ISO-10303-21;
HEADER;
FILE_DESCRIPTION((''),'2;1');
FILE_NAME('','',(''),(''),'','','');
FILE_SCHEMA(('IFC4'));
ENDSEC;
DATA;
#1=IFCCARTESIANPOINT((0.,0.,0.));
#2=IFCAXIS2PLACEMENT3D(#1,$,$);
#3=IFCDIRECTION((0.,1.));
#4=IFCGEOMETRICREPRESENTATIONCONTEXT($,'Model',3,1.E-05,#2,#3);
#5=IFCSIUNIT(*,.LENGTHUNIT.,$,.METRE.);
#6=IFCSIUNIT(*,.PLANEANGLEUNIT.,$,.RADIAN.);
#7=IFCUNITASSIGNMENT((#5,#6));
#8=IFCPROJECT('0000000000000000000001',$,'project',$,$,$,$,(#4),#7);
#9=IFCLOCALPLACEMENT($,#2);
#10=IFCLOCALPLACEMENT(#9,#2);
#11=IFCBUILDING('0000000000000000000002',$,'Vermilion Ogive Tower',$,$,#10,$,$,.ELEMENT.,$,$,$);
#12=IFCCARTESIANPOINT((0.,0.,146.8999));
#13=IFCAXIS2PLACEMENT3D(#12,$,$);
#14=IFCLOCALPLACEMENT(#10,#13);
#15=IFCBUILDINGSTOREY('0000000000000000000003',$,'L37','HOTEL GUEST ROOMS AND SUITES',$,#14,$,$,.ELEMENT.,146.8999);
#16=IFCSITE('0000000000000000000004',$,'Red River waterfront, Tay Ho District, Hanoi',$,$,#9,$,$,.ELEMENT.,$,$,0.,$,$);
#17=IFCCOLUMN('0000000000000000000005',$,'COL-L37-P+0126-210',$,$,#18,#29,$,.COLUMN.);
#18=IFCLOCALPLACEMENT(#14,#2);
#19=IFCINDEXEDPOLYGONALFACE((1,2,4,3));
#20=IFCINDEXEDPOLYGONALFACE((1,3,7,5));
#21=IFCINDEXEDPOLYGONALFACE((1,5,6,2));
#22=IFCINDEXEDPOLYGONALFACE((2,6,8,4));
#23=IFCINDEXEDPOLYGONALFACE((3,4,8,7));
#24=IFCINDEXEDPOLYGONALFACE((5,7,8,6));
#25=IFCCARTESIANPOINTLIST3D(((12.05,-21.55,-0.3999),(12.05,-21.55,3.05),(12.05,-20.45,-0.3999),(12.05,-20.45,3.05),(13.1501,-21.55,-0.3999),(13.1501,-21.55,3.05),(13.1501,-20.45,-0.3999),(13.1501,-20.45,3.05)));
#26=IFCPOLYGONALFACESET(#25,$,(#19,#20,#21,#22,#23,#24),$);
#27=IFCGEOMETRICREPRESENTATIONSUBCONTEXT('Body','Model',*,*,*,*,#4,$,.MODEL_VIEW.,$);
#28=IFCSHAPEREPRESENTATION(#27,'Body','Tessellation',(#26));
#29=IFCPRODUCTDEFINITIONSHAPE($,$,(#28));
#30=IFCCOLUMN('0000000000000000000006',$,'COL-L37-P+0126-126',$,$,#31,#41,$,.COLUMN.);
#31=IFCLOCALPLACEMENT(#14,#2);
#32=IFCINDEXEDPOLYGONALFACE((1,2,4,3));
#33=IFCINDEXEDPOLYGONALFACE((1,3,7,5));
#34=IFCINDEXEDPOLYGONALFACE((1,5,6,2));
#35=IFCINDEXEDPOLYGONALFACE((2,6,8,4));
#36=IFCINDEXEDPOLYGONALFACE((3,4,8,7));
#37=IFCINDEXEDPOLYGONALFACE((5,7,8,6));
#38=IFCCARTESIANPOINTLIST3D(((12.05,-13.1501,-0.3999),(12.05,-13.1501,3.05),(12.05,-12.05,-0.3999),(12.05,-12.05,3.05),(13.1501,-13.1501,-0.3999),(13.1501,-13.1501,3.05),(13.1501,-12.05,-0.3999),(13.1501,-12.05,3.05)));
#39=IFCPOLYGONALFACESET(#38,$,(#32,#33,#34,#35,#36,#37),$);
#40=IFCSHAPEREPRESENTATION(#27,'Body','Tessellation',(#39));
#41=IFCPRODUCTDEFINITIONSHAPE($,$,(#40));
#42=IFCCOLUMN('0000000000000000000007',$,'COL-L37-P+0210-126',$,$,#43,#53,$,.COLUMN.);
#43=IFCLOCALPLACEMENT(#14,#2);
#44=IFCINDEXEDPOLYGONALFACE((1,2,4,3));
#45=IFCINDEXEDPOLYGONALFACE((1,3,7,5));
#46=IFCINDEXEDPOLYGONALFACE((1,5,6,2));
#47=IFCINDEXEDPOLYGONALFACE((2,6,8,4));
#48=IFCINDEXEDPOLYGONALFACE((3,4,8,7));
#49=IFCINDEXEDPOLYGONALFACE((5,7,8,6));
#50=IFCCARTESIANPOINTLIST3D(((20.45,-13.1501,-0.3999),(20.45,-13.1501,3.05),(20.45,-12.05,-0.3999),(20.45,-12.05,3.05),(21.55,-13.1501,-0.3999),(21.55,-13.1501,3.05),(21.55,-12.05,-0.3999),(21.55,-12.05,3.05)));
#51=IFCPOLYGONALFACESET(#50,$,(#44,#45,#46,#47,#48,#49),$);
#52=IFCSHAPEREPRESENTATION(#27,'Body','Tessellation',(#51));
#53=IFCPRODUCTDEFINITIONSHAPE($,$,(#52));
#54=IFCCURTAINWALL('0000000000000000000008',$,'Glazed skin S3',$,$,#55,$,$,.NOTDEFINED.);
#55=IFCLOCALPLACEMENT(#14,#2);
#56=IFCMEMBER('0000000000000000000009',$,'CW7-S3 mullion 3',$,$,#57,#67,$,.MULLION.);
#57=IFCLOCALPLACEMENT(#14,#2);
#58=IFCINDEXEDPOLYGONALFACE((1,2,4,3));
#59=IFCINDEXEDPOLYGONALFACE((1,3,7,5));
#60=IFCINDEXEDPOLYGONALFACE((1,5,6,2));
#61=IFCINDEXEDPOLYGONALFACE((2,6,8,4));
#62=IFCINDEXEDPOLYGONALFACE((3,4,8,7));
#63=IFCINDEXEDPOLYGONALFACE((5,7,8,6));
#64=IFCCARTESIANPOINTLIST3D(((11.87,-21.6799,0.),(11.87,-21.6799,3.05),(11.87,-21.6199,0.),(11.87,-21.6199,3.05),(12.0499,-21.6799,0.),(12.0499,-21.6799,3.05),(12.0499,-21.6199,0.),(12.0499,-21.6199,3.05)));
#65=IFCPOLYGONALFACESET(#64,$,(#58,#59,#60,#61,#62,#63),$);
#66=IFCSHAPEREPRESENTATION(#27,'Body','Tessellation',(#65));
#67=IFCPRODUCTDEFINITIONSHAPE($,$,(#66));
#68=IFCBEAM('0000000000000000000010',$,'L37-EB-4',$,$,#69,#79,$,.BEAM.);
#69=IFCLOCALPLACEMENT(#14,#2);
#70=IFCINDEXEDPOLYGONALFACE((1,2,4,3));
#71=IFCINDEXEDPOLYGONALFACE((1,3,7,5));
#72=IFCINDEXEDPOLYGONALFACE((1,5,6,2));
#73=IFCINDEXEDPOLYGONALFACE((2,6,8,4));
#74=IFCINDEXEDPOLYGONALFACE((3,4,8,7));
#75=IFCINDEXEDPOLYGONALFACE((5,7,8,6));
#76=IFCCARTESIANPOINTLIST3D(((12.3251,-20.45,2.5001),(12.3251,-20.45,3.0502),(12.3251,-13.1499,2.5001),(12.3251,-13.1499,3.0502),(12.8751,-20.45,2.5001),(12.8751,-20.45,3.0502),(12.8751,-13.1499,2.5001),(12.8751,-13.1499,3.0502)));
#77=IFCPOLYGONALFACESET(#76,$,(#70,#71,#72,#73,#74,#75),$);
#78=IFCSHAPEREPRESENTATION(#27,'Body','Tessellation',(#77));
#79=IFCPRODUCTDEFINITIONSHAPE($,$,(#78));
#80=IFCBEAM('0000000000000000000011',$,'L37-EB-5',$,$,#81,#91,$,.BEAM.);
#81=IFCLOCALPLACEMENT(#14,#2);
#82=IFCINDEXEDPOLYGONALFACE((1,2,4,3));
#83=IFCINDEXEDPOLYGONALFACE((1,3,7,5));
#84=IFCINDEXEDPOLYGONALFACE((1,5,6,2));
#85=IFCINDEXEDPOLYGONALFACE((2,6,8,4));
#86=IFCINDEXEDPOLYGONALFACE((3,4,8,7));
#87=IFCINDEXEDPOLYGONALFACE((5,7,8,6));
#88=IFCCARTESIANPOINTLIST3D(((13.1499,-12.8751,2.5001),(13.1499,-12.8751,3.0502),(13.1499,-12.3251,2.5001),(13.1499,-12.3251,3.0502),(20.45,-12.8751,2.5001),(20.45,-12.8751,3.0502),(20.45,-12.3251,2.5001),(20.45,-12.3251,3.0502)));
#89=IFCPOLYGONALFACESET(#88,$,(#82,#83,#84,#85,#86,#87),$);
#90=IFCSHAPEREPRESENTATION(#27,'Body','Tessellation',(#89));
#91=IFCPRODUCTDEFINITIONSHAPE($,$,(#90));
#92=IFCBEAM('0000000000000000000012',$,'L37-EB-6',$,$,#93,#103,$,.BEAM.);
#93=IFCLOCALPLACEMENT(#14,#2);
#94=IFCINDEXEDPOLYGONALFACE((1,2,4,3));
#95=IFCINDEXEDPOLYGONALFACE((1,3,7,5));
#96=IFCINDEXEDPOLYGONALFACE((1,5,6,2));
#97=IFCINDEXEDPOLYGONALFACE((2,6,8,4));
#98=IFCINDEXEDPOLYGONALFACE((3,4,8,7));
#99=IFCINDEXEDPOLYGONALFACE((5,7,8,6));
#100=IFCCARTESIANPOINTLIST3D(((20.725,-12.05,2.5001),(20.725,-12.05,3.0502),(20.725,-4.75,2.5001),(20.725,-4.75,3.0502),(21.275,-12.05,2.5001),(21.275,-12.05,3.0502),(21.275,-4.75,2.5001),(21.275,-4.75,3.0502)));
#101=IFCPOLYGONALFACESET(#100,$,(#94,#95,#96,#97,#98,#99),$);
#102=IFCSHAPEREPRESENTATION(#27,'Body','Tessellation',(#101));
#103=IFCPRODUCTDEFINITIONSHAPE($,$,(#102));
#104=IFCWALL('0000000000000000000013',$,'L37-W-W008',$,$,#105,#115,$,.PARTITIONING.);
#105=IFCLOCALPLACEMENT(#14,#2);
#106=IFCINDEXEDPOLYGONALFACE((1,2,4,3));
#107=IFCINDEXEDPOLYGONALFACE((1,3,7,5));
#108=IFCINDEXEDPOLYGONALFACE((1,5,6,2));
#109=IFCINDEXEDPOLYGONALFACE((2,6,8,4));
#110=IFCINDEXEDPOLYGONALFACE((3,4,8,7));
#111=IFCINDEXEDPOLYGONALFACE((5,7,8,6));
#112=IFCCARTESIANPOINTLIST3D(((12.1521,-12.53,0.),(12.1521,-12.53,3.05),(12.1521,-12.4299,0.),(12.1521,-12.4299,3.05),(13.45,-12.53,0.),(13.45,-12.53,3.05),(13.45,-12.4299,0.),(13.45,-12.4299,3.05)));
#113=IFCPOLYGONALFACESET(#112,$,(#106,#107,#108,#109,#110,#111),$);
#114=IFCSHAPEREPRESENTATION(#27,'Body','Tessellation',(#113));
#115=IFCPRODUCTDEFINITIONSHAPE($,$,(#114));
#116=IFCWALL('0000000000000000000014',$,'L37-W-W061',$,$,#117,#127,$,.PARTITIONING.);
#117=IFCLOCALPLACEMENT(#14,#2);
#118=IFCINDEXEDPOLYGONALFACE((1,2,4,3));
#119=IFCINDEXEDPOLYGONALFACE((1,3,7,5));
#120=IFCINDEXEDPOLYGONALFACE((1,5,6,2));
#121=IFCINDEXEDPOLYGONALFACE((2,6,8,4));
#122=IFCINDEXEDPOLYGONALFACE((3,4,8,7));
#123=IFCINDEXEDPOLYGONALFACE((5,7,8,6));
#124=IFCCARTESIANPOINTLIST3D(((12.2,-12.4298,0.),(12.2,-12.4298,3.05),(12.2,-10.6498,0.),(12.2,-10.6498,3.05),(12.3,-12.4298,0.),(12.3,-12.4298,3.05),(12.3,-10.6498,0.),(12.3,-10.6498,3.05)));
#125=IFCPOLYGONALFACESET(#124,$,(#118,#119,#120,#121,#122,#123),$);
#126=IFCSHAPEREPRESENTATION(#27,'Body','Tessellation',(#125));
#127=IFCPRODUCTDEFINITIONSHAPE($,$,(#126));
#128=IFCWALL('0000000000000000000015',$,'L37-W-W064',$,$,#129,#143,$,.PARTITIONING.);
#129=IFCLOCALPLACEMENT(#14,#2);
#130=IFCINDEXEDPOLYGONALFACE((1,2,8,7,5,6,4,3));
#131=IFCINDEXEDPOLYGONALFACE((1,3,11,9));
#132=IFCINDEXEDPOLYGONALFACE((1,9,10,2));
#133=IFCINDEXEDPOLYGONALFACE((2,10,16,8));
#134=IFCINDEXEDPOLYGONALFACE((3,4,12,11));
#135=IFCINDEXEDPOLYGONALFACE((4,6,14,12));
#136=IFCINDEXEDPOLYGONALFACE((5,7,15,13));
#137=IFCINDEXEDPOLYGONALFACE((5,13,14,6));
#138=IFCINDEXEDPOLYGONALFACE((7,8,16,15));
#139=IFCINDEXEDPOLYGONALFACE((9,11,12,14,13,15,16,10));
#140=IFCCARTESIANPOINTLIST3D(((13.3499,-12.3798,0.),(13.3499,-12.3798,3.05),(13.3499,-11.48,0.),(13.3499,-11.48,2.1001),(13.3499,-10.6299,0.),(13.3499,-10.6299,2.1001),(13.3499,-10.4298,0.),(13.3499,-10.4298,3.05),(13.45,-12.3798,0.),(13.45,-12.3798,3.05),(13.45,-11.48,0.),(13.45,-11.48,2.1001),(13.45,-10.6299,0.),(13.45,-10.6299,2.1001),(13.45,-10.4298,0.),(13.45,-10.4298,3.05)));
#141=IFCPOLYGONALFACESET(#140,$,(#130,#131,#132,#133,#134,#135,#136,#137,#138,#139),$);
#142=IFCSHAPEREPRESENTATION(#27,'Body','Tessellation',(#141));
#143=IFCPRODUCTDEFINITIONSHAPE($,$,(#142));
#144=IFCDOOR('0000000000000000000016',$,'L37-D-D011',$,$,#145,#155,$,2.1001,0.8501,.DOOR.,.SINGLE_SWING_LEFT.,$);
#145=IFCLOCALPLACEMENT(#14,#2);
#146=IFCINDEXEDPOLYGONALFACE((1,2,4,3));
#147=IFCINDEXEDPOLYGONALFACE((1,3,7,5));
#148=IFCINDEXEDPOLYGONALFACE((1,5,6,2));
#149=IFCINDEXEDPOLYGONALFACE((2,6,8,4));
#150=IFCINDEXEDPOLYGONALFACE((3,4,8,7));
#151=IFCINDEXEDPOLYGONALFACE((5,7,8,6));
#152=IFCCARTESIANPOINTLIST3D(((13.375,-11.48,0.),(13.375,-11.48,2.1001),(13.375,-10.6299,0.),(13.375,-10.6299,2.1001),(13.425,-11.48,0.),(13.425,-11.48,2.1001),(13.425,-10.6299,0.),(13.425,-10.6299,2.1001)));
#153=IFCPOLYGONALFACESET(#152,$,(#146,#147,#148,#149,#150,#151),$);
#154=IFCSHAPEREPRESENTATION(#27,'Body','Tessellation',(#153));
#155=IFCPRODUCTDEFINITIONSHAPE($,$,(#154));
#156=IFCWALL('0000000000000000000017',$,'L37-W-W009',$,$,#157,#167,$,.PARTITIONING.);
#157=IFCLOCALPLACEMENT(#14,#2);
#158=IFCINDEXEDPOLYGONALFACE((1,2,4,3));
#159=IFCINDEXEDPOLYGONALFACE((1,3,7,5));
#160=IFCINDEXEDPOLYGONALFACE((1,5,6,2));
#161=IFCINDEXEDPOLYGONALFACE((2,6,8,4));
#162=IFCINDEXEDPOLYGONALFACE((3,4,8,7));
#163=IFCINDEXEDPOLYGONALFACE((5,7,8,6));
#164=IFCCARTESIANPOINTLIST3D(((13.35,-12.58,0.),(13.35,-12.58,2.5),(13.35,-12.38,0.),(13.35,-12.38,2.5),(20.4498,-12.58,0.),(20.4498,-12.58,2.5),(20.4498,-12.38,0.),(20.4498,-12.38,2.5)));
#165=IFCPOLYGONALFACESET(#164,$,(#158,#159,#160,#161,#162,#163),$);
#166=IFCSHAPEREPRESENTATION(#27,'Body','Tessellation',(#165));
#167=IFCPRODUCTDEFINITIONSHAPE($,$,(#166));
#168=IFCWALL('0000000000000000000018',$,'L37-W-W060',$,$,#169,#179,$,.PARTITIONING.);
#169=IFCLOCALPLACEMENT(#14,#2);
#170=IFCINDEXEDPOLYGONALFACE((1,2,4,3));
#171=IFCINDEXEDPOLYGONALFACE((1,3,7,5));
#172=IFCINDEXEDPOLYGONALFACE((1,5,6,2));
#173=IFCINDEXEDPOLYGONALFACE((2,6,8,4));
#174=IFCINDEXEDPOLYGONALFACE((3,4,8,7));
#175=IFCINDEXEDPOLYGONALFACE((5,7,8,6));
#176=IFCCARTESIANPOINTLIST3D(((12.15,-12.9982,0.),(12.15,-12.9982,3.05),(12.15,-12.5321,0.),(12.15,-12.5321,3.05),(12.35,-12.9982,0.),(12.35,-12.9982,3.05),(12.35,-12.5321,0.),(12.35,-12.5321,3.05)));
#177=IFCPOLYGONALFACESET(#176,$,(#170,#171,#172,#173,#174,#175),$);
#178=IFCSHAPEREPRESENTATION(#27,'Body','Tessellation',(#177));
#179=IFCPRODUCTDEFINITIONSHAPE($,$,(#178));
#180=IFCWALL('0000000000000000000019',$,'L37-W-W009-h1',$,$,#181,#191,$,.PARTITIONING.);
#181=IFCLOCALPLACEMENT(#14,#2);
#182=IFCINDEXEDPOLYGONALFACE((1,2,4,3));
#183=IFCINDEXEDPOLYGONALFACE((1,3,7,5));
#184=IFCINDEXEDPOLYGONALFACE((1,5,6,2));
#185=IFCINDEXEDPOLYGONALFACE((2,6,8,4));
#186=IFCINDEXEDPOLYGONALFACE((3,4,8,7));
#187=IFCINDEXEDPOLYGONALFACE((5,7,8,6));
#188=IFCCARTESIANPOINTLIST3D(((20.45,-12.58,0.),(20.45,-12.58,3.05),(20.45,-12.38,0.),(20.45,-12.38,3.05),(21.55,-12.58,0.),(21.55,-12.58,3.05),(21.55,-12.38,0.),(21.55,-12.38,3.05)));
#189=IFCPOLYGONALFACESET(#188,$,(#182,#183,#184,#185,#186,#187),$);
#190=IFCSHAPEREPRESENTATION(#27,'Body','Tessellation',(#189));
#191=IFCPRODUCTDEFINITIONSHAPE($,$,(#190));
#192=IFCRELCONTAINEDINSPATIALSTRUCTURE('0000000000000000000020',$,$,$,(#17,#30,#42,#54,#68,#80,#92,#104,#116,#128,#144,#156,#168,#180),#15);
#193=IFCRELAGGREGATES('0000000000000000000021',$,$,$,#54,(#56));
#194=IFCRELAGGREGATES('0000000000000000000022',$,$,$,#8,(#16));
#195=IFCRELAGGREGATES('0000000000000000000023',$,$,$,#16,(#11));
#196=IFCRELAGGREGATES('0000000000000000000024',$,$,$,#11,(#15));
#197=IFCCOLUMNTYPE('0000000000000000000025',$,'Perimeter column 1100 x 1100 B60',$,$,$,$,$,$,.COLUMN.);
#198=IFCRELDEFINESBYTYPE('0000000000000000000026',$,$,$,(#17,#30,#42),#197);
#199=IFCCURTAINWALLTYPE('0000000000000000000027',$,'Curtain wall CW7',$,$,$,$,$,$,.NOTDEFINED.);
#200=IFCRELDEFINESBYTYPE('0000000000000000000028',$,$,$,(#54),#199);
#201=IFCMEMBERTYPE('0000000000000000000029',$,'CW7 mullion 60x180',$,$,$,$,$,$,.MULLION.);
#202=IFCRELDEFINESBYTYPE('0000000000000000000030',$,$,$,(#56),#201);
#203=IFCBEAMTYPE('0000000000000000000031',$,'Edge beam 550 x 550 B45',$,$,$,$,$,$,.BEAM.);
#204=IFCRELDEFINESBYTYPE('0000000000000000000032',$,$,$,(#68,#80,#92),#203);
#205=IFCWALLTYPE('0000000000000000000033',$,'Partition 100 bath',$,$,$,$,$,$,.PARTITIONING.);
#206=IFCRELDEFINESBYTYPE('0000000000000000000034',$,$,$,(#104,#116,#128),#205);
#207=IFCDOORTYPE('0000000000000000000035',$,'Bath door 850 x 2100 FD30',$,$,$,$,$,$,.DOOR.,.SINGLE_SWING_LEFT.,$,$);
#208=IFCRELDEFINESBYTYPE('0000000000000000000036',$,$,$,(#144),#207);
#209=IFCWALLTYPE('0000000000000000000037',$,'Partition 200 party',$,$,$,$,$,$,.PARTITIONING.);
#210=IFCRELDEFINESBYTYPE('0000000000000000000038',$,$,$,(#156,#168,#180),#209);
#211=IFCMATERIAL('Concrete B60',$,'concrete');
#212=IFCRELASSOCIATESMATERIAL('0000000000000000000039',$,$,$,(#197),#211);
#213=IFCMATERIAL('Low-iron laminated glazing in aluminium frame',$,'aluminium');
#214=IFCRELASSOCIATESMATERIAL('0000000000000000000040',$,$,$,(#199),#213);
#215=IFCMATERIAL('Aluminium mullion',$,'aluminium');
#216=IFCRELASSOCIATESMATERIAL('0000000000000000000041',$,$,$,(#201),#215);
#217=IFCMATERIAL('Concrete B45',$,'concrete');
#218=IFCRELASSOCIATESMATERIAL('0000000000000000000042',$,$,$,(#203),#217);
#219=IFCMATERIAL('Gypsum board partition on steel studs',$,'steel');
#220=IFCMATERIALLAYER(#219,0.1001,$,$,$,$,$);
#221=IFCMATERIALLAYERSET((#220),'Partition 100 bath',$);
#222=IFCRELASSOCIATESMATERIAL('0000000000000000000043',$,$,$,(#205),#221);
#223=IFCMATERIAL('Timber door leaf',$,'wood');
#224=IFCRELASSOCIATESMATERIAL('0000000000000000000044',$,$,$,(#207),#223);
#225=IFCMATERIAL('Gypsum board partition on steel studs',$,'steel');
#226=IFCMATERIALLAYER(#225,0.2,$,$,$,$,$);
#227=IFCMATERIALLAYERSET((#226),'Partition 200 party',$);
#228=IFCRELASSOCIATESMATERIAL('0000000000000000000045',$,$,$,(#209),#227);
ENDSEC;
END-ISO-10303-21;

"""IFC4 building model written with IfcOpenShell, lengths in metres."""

from ifc_helpers import new_model, si_unit, direction, frame, frame_2d, origin, origin_2d, place, context, subcontext, project, spatial, rectangle, extrude, material, layer, layer_set, material_profile, profile_set, type_object, element, fill, aggregate, save


model = new_model("IFC4")

# Units and contexts
model_context = context("Model", 3, precision=1e-05, world=origin(), true_north=direction((0.0, 1.0)))
body_context = subcontext(model_context, "Body", "Model", "MODEL_VIEW")
ifc_project = project(units=[si_unit("LENGTHUNIT", "METRE"), si_unit("PLANEANGLEUNIT", "RADIAN")], contexts=[model_context])

# Site, building, storey
site_placement = place(None, origin())
site = spatial("IfcSite", under=ifc_project, at=site_placement, Name="Red River waterfront, Tay Ho District, Hanoi", CompositionType="ELEMENT", RefElevation=0.0)
building_placement = place(site_placement, origin())
building = spatial("IfcBuilding", under=site, at=building_placement, Name="Vermilion Ogive Tower", CompositionType="ELEMENT")
storey_placement = place(building_placement, frame((0.0, 0.0, 146.8999)))
storey = spatial("IfcBuildingStorey", under=building, at=storey_placement, Name="L37", Description="HOTEL GUEST ROOMS AND SUITES", CompositionType="ELEMENT", Elevation=146.8999)

# Columns
ifc_material_1 = material(Name="Concrete B60", Category="concrete")
ifc_material_profile_1 = material_profile(ifc_material_1, rectangle(XDim=1.1001, YDim=1.1001, at=origin_2d()), Name="1100 x 1100")
ifc_profile_set_1 = profile_set([ifc_material_profile_1], Name="Concrete B60")
column_type = type_object("IfcColumnType", Name="Perimeter column 1100 x 1100 B60", PredefinedType="COLUMN", material=ifc_profile_set_1)
for number, where, z_axis, x_axis, name in (
    (1, (12.6001, -21.0, -0.3999), (0.0, 0.0, 1.0), (1.0, 0.0, 0.0), "COL-L37-P+0126-210"),
    (2, (12.6001, -12.6001, -0.3999), (0.0, 0.0, 1.0), (1.0, 0.0, 0.0), "COL-L37-P+0126-126"),
    (3, (21.0, -12.6001, -0.3999), (0.0, 0.0, 1.0), (1.0, 0.0, 0.0), "COL-L37-P+0210-126"),
):
    element("IfcColumn", number, at=place(storey_placement, frame(where, z_axis=z_axis, x_axis=x_axis)), inside=storey, type_object=column_type, Name=name, PredefinedType="COLUMN", context=body_context, shape_type="SweptSolid", body=[
        extrude(rectangle(XDim=1.1001, YDim=1.1001, at=origin_2d()), origin(), (0.0, 0.0, 1.0), 3.45),
    ])

# Curtain wall, member
ifc_material_2 = material(Name="Low-iron laminated glazing in aluminium frame", Category="aluminium")
curtain_wall_type = type_object("IfcCurtainWallType", Name="Curtain wall CW7", PredefinedType="NOTDEFINED", material=ifc_material_2)
curtain_wall_placement = place(storey_placement, origin())
curtain_wall = element("IfcCurtainWall", 4, at=curtain_wall_placement, inside=storey, type_object=curtain_wall_type, Name="Glazed skin S3", PredefinedType="NOTDEFINED")
ifc_material_3 = material(Name="Aluminium mullion", Category="aluminium")
ifc_material_profile_2 = material_profile(ifc_material_3, rectangle(XDim=0.0601, YDim=0.1799, at=origin_2d()), Name="AL 60x180")
ifc_profile_set_2 = profile_set([ifc_material_profile_2], Name="Aluminium mullion")
member_type = type_object("IfcMemberType", Name="CW7 mullion 60x180", PredefinedType="MULLION", material=ifc_profile_set_2)
member_placement = place(storey_placement, frame((11.96, -21.6499, 0.0), z_axis=(0.0, 0.0, 1.0), x_axis=(0.0, 1.0, 0.0)))
member = element("IfcMember", 5, at=member_placement, type_object=member_type, Name="CW7-S3 mullion 3", PredefinedType="MULLION", context=body_context, shape_type="SweptSolid", body=[
    extrude(rectangle(XDim=0.0601, YDim=0.1799, at=origin_2d()), origin(), (0.0, 0.0, 1.0), 3.05),
])
aggregate(curtain_wall, [member])

# Beams
ifc_material_4 = material(Name="Concrete B45", Category="concrete")
ifc_material_profile_3 = material_profile(ifc_material_4, rectangle(XDim=0.55, YDim=0.55, at=origin_2d()), Name="550 x 550")
ifc_profile_set_3 = profile_set([ifc_material_profile_3], Name="Concrete B45")
beam_type = type_object("IfcBeamType", Name="Edge beam 550 x 550 B45", PredefinedType="BEAM", material=ifc_profile_set_3)
for number, where, z_axis, x_axis, name in (
    (6, (12.6001, -20.45, 2.7751), (0.0, 1.0, 0.0), (-1.0, 0.0, 0.0), "L37-EB-4"),
    (7, (13.1499, -12.6001, 2.7751), (1.0, 0.0, 0.0), (0.0, 1.0, 0.0), "L37-EB-5"),
    (8, (21.0, -12.05, 2.7751), (0.0, 1.0, 0.0), (-1.0, 0.0, 0.0), "L37-EB-6"),
):
    element("IfcBeam", number, at=place(storey_placement, frame(where, z_axis=z_axis, x_axis=x_axis)), inside=storey, type_object=beam_type, Name=name, PredefinedType="BEAM", context=body_context, shape_type="SweptSolid", body=[
        extrude(rectangle(XDim=0.55, YDim=0.55, at=origin_2d()), origin(), (0.0, 0.0, 1.0), 7.3),
    ])

# Walls
ifc_material_5 = material(Name="Gypsum board partition on steel studs", Category="steel")
ifc_layer_1 = layer(ifc_material_5, 0.1001)
ifc_layer_set_1 = layer_set([ifc_layer_1], Name="Partition 100 bath")
wall_type_1 = type_object("IfcWallType", Name="Partition 100 bath", PredefinedType="PARTITIONING", material=ifc_layer_set_1)
wall_1_placement = place(storey_placement, frame((12.1521, -12.48, 0.0), z_axis=(0.0, 0.0, 1.0), x_axis=(1.0, 0.0, 0.0)))
element("IfcWall", 9, at=wall_1_placement, inside=storey, type_object=wall_type_1, Name="L37-W-W008", PredefinedType="PARTITIONING", context=body_context, shape_type="SweptSolid", body=[
    extrude(rectangle(XDim=1.2979, YDim=0.1001, at=frame_2d((0.6489, 0.0))), origin(), (0.0, 0.0, 1.0), 3.05),
])
wall_2_placement = place(storey_placement, frame((12.25, -12.4299, 0.0), z_axis=(0.0, 0.0, 1.0), x_axis=(0.0, 1.0, 0.0)))
element("IfcWall", 10, at=wall_2_placement, inside=storey, type_object=wall_type_1, Name="L37-W-W061", PredefinedType="PARTITIONING", context=body_context, shape_type="SweptSolid", body=[
    extrude(rectangle(XDim=1.78, YDim=0.1001, at=frame_2d((0.8901, 0.0))), origin(), (0.0, 0.0, 1.0), 3.05),
])

# Wall, opening, door
wall_3_placement = place(storey_placement, frame((13.3999, -12.3799, 0.0), z_axis=(0.0, 0.0, 1.0), x_axis=(0.0, 1.0, 0.0)))
wall_3 = element("IfcWall", 11, at=wall_3_placement, inside=storey, type_object=wall_type_1, Name="L37-W-W064", PredefinedType="PARTITIONING", context=body_context, shape_type="SweptSolid", body=[
    extrude(rectangle(XDim=1.95, YDim=0.1001, at=frame_2d((0.9751, 0.0))), origin(), (0.0, 0.0, 1.0), 3.05),
])
opening_1_placement = place(wall_3_placement, frame((0.8999, 0.0, 0.0)))
opening_1 = element("IfcOpeningElement", 12, at=opening_1_placement, cuts=wall_3, PredefinedType="OPENING", context=body_context, shape_type="SweptSolid", body=[
    extrude(rectangle(XDim=0.8501, YDim=2.1001, at=frame_2d((0.425, 1.05))), frame((0.0, 0.0601, 0.0), z_axis=(0.0, -1.0, 0.0), x_axis=(1.0, 0.0, 0.0)), (0.0, 0.0, 1.0), 0.1201),
])
ifc_material_6 = material(Name="Timber door leaf", Category="wood")
door_type = type_object("IfcDoorType", Name="Bath door 850 x 2100 FD30", OperationType="SINGLE_SWING_LEFT", PredefinedType="DOOR", material=ifc_material_6)
door_placement = place(opening_1_placement, origin())
door = element("IfcDoor", 13, at=door_placement, inside=storey, type_object=door_type, Name="L37-D-D011", OperationType="SINGLE_SWING_LEFT", OverallHeight=2.1001, OverallWidth=0.8501, PredefinedType="DOOR", context=body_context, shape_type="SweptSolid", body=[
    extrude(rectangle(XDim=0.8501, YDim=2.1001, at=frame_2d((0.425, 1.05))), frame((0.0, 0.0249, 0.0), z_axis=(0.0, -1.0, 0.0), x_axis=(1.0, 0.0, 0.0)), (0.0, 0.0, 1.0), 0.05),
])
fill(opening_1, door)

# Walls
ifc_material_7 = material(Name="Gypsum board partition on steel studs", Category="steel")
ifc_layer_2 = layer(ifc_material_7, 0.2)
ifc_layer_set_2 = layer_set([ifc_layer_2], Name="Partition 200 party")
wall_type_2 = type_object("IfcWallType", Name="Partition 200 party", PredefinedType="PARTITIONING", material=ifc_layer_set_2)
wall_4_placement = place(storey_placement, frame((13.3501, -12.48, 0.0), z_axis=(0.0, 0.0, 1.0), x_axis=(1.0, 0.0, 0.0)))
element("IfcWall", 14, at=wall_4_placement, inside=storey, type_object=wall_type_2, Name="L37-W-W009", PredefinedType="PARTITIONING", context=body_context, shape_type="SweptSolid", body=[
    extrude(rectangle(XDim=7.0999, YDim=0.2, at=frame_2d((3.5498, 0.0))), origin(), (0.0, 0.0, 1.0), 2.5),
])
wall_5_placement = place(storey_placement, frame((12.25, -12.998, 0.0), z_axis=(0.0, 0.0, 1.0), x_axis=(0.0, 1.0, 0.0)))
element("IfcWall", 15, at=wall_5_placement, inside=storey, type_object=wall_type_2, Name="L37-W-W060", PredefinedType="PARTITIONING", context=body_context, shape_type="SweptSolid", body=[
    extrude(rectangle(XDim=0.4661, YDim=0.2, at=frame_2d((0.2329, 0.0))), origin(), (0.0, 0.0, 1.0), 3.05),
])
wall_6_placement = place(storey_placement, frame((20.45, -12.48, 0.0), z_axis=(0.0, 0.0, 1.0), x_axis=(1.0, 0.0, 0.0)))
element("IfcWall", 16, at=wall_6_placement, inside=storey, type_object=wall_type_2, Name="L37-W-W009-h1", PredefinedType="PARTITIONING", context=body_context, shape_type="SweptSolid", body=[
    extrude(rectangle(XDim=1.1001, YDim=0.2, at=frame_2d((0.55, 0.0))), origin(), (0.0, 0.0, 1.0), 3.05),
])

save(model, "model.ifc")
